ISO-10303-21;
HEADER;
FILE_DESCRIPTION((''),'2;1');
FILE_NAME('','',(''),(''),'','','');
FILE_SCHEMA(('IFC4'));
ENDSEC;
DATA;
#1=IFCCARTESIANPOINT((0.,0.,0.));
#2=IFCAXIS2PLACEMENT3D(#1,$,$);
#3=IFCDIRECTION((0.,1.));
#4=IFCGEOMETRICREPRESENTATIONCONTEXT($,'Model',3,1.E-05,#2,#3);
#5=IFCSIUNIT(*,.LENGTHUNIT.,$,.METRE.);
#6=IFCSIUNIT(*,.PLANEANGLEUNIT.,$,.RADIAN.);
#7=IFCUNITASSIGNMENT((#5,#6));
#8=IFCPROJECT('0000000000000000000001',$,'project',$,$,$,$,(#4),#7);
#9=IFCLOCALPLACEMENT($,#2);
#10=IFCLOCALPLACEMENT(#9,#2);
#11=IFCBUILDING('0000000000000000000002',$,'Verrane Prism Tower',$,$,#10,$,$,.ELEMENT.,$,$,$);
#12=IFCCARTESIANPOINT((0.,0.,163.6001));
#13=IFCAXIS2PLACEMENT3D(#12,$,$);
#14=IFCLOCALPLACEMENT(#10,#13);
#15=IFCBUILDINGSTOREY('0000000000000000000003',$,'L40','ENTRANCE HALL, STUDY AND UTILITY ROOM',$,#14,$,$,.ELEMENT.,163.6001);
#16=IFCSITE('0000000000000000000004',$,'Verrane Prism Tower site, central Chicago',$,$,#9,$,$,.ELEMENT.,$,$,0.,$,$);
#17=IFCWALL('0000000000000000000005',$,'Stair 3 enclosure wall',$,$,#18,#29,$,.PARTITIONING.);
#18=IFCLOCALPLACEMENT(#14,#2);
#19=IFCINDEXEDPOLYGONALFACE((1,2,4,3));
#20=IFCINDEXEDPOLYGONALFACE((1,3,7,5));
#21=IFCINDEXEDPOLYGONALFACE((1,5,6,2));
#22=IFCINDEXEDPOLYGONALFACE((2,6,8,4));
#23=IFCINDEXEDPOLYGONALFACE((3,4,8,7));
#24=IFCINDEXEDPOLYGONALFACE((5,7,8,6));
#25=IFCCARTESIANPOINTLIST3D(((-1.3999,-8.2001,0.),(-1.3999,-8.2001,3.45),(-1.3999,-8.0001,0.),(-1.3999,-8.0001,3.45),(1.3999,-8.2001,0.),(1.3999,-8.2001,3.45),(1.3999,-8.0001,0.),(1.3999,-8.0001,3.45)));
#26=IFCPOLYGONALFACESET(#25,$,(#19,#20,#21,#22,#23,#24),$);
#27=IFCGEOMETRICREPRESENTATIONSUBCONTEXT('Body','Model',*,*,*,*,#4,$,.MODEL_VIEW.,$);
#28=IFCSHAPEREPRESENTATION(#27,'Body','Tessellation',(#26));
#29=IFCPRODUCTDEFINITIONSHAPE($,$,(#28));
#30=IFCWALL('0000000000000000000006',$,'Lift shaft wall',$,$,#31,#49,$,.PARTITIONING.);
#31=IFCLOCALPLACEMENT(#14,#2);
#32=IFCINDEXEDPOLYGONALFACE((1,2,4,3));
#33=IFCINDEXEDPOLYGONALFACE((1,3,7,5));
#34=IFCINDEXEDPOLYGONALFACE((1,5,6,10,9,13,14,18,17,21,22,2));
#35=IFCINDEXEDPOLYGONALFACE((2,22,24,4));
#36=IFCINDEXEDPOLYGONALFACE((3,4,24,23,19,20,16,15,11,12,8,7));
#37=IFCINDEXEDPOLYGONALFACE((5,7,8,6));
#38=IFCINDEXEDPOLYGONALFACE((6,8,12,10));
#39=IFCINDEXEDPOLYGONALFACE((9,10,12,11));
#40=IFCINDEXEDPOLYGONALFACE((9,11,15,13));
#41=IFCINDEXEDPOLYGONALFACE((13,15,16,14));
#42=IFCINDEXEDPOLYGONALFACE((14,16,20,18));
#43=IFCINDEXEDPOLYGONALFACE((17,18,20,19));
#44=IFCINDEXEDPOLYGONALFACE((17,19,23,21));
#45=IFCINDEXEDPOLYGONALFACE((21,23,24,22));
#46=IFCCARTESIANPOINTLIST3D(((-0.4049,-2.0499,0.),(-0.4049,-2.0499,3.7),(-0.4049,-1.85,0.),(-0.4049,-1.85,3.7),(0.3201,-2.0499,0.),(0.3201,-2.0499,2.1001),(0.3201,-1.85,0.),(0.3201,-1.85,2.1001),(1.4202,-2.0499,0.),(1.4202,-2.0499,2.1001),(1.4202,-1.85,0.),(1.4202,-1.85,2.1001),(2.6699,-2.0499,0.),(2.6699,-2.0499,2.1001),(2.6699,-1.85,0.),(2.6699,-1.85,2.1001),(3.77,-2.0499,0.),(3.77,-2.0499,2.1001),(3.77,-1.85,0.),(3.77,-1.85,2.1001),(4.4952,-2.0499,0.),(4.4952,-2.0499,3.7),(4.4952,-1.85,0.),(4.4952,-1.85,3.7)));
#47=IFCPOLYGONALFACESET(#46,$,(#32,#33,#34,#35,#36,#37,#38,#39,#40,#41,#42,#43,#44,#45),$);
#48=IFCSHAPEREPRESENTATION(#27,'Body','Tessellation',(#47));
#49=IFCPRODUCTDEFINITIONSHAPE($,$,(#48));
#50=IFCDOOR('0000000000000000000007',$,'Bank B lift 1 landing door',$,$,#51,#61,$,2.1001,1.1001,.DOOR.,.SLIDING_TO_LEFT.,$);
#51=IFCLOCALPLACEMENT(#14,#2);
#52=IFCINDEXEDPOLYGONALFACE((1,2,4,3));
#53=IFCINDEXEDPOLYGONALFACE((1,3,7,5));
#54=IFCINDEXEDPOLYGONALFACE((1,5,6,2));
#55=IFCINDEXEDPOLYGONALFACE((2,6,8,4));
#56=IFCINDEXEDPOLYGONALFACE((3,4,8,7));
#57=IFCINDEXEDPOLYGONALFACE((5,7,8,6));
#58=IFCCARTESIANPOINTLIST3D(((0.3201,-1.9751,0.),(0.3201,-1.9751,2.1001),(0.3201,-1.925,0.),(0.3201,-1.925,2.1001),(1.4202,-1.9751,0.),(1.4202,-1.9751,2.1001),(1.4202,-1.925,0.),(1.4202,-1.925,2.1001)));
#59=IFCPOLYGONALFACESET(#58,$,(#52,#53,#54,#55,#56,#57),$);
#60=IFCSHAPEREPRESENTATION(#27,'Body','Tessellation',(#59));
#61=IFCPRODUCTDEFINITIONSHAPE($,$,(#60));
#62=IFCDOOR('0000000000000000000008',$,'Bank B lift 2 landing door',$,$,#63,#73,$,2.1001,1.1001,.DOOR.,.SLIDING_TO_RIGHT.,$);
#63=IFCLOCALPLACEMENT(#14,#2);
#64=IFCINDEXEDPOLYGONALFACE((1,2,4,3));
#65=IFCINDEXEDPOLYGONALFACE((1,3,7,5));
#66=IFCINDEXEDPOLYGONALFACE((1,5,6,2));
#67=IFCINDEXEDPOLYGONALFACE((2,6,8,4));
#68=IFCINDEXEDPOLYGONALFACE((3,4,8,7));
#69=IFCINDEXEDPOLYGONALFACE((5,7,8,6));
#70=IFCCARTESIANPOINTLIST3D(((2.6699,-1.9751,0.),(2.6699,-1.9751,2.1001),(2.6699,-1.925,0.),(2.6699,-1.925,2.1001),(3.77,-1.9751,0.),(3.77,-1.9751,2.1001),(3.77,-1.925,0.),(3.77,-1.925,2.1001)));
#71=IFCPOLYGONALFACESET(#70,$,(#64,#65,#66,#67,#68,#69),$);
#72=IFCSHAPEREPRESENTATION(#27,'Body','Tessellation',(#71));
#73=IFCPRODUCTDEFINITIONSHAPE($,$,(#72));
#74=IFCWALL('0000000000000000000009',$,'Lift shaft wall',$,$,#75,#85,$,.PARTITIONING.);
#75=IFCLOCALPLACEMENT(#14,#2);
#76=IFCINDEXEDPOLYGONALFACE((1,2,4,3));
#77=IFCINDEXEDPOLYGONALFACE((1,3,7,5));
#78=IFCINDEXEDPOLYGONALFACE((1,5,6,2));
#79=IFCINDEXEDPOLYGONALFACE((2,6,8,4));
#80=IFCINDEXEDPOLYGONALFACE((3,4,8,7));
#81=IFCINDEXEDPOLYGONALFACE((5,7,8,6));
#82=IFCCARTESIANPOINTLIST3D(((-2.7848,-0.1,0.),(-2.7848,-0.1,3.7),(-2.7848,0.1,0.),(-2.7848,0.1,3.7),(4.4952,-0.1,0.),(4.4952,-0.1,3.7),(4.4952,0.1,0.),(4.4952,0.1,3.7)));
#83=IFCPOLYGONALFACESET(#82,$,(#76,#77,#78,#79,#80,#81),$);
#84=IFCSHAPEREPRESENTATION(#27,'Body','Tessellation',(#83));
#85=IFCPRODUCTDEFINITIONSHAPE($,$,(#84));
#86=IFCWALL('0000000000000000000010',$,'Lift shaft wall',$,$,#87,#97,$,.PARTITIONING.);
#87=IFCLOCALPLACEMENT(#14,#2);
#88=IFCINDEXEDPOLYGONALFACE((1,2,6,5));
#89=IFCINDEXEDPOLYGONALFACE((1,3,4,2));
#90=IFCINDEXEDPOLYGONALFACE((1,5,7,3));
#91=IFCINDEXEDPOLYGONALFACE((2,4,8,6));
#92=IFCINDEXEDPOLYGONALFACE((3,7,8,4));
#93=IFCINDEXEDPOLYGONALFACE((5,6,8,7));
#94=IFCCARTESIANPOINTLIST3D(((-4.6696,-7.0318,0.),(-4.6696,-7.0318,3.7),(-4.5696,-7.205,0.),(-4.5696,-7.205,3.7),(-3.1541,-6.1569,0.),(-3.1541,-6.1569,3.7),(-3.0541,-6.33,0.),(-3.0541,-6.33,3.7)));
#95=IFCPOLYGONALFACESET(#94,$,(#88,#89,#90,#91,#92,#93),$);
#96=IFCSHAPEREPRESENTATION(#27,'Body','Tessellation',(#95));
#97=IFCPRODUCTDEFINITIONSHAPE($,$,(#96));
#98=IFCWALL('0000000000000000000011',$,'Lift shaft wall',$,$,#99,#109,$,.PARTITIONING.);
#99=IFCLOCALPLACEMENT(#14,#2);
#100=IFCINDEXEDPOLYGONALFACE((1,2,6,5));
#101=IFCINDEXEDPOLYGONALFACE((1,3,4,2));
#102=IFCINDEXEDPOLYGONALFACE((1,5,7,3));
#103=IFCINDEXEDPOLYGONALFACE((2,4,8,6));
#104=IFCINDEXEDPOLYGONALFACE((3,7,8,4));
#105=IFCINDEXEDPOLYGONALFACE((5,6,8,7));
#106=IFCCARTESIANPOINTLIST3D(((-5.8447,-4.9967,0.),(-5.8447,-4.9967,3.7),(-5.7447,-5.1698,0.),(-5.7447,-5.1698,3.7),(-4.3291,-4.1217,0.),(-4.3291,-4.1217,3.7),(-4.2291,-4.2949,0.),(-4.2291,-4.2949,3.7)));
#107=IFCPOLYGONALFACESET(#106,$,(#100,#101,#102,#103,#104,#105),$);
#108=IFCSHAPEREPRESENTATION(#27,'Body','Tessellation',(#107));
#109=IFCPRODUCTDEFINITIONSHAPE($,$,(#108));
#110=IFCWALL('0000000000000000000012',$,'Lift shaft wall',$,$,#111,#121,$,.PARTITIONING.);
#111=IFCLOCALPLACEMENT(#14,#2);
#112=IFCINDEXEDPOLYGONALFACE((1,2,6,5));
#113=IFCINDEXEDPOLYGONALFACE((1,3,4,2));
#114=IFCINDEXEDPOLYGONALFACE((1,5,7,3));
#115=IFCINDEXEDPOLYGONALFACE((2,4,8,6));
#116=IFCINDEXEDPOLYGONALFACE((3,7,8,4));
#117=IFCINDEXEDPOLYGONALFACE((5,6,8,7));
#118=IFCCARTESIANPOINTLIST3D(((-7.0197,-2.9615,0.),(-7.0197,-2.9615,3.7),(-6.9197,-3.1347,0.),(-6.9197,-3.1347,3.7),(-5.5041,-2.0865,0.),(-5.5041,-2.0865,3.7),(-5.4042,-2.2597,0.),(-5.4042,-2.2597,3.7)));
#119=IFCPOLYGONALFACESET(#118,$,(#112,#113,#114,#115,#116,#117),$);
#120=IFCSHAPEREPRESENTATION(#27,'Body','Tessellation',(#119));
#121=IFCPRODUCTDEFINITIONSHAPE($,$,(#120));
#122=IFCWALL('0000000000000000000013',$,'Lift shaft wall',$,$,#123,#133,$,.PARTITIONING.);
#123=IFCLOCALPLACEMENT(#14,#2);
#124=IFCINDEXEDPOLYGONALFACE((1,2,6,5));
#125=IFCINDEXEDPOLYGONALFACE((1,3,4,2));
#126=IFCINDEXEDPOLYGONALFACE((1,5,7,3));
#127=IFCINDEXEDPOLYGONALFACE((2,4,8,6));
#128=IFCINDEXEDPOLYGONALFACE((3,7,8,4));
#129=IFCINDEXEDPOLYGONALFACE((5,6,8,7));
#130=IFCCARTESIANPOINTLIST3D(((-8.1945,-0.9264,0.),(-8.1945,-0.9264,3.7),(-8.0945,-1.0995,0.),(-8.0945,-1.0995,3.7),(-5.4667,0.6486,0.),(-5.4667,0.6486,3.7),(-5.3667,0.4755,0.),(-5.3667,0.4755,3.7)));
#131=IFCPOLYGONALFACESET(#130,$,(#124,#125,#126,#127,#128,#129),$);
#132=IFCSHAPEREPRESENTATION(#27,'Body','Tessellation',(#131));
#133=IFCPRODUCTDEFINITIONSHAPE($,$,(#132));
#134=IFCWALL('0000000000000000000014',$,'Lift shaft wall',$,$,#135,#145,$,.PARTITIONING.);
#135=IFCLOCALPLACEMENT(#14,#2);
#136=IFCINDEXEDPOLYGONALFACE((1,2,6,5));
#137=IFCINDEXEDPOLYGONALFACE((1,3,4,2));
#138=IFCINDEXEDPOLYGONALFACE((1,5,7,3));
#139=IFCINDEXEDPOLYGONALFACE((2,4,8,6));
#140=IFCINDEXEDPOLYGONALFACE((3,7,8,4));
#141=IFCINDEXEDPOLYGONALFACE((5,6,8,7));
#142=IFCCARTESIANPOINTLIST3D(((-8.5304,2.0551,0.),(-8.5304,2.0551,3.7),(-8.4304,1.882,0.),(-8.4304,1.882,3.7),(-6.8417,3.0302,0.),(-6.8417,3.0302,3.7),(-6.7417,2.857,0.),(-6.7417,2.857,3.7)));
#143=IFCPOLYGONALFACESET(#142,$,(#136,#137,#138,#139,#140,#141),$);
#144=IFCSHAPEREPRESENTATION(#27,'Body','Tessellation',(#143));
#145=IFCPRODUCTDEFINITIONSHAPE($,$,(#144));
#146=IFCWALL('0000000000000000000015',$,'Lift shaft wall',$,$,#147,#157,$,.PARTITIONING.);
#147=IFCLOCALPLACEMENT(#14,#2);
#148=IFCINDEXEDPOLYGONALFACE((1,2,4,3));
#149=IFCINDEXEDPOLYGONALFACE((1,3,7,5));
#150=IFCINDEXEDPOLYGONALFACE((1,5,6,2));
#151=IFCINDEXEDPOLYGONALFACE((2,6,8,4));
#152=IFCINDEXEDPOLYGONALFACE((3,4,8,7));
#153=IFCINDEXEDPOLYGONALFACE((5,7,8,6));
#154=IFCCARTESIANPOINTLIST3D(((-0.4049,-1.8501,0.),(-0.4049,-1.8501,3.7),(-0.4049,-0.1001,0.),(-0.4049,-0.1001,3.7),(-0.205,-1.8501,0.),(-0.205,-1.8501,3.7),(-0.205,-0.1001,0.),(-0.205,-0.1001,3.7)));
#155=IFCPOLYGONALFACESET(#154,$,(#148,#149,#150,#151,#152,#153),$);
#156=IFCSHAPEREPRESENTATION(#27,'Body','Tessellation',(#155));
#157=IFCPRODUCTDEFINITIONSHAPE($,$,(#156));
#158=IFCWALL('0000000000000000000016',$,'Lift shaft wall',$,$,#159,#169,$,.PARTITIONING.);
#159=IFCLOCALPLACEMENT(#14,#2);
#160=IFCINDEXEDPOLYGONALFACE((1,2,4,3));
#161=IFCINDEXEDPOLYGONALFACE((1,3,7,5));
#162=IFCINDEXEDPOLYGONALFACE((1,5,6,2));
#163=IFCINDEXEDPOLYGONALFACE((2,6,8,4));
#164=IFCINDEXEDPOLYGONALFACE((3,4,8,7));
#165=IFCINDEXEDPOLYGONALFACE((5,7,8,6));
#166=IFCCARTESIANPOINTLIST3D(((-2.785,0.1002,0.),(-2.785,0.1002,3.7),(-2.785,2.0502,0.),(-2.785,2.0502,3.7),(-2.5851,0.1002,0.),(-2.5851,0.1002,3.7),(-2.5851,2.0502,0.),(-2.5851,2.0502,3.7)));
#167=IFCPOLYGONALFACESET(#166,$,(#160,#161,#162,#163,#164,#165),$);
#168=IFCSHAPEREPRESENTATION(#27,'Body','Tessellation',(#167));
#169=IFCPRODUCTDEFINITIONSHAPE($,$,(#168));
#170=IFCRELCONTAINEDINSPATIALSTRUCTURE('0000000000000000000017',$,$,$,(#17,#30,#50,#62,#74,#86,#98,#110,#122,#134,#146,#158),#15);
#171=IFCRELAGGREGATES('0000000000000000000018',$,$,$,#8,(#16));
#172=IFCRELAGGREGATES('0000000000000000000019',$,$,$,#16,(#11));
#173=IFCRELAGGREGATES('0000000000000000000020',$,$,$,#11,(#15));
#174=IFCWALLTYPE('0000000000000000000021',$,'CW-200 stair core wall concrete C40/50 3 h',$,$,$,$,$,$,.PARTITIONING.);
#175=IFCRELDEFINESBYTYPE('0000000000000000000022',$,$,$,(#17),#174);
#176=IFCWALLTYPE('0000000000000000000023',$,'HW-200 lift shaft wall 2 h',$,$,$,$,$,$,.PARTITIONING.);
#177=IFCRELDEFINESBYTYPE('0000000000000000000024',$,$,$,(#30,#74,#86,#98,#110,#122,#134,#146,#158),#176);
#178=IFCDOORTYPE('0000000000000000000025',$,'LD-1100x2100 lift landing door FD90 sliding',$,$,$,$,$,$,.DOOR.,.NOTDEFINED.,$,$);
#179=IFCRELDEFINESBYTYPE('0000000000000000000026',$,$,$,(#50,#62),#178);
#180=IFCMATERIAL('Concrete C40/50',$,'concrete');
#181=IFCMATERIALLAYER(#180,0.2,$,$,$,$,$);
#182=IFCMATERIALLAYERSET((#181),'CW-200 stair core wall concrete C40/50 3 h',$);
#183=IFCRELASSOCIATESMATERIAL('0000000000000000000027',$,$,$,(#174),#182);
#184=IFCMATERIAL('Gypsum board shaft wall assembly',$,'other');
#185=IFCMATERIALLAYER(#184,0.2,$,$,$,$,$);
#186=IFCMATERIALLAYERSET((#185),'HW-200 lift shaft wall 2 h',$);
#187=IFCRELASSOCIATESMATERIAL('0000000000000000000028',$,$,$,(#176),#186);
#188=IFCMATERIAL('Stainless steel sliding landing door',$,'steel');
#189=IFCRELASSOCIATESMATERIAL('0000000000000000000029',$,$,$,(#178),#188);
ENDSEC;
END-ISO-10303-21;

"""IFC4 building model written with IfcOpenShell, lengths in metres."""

from ifc_helpers import new_model, si_unit, direction, frame, frame_2d, origin, place, context, subcontext, project, spatial, rectangle, extrude, material, layer, layer_set, type_object, element, fill, save


model = new_model("IFC4")

# Units and contexts
model_context = context("Model", 3, precision=1e-05, world=origin(), true_north=direction((0.0, 1.0)))
body_context = subcontext(model_context, "Body", "Model", "MODEL_VIEW")
ifc_project = project(units=[si_unit("LENGTHUNIT", "METRE"), si_unit("PLANEANGLEUNIT", "RADIAN")], contexts=[model_context])

# Site, building, storey
site_placement = place(None, origin())
site = spatial("IfcSite", under=ifc_project, at=site_placement, Name="Verrane Prism Tower site, central Chicago", CompositionType="ELEMENT", RefElevation=0.0)
building_placement = place(site_placement, origin())
building = spatial("IfcBuilding", under=site, at=building_placement, Name="Verrane Prism Tower", CompositionType="ELEMENT")
storey_placement = place(building_placement, frame((0.0, 0.0, 163.6001)))
storey = spatial("IfcBuildingStorey", under=building, at=storey_placement, Name="L40", Description="ENTRANCE HALL, STUDY AND UTILITY ROOM", CompositionType="ELEMENT", Elevation=163.6001)

# Wall
ifc_material_1 = material(Name="Concrete C40/50", Category="concrete")
ifc_layer_1 = layer(ifc_material_1, 0.2)
ifc_layer_set_1 = layer_set([ifc_layer_1], Name="CW-200 stair core wall concrete C40/50 3 h")
wall_type_1 = type_object("IfcWallType", Name="CW-200 stair core wall concrete C40/50 3 h", PredefinedType="PARTITIONING", material=ifc_layer_set_1)
wall_1_placement = place(storey_placement, frame((-1.3999, -8.1001, 0.0), z_axis=(0.0, 0.0, 1.0), x_axis=(1.0, 0.0, 0.0)))
element("IfcWall", 1, at=wall_1_placement, inside=storey, type_object=wall_type_1, Name="Stair 3 enclosure wall", PredefinedType="PARTITIONING", context=body_context, shape_type="SweptSolid", body=[
    extrude(rectangle(XDim=2.7998, YDim=0.2, at=frame_2d((1.3999, 0.0))), origin(), (0.0, 0.0, 1.0), 3.45),
])

# Wall, openings, doors
ifc_material_2 = material(Name="Gypsum board shaft wall assembly", Category="other")
ifc_layer_2 = layer(ifc_material_2, 0.2)
ifc_layer_set_2 = layer_set([ifc_layer_2], Name="HW-200 lift shaft wall 2 h")
wall_type_2 = type_object("IfcWallType", Name="HW-200 lift shaft wall 2 h", PredefinedType="PARTITIONING", material=ifc_layer_set_2)
wall_2_placement = place(storey_placement, frame((-0.405, -1.95, 0.0), z_axis=(0.0, 0.0, 1.0), x_axis=(1.0, 0.0, 0.0)))
wall_2 = element("IfcWall", 2, at=wall_2_placement, inside=storey, type_object=wall_type_2, Name="Lift shaft wall", PredefinedType="PARTITIONING", context=body_context, shape_type="SweptSolid", body=[
    extrude(rectangle(XDim=4.9001, YDim=0.2, at=frame_2d((2.4502, 0.0))), origin(), (0.0, 0.0, 1.0), 3.7),
])
opening_1_placement = place(wall_2_placement, frame((0.7251, 0.0, 0.0)))
opening_1 = element("IfcOpeningElement", 3, at=opening_1_placement, cuts=wall_2, PredefinedType="OPENING", context=body_context, shape_type="SweptSolid", body=[
    extrude(rectangle(XDim=1.1001, YDim=2.1001, at=frame_2d((0.55, 1.05))), frame((0.0, 0.1099, 0.0), z_axis=(0.0, -1.0, 0.0), x_axis=(1.0, 0.0, 0.0)), (0.0, 0.0, 1.0), 0.22),
])
opening_2_placement = place(wall_2_placement, frame((3.075, 0.0, 0.0)))
opening_2 = element("IfcOpeningElement", 4, at=opening_2_placement, cuts=wall_2, PredefinedType="OPENING", context=body_context, shape_type="SweptSolid", body=[
    extrude(rectangle(XDim=1.1001, YDim=2.1001, at=frame_2d((0.55, 1.05))), frame((0.0, 0.1099, 0.0), z_axis=(0.0, -1.0, 0.0), x_axis=(1.0, 0.0, 0.0)), (0.0, 0.0, 1.0), 0.22),
])
ifc_material_3 = material(Name="Stainless steel sliding landing door", Category="steel")
door_type_1 = type_object("IfcDoorType", Name="LD-1100x2100 lift landing door FD90 sliding", OperationType="NOTDEFINED", PredefinedType="DOOR", material=ifc_material_3)
door_1_placement = place(opening_1_placement, origin())
door_1 = element("IfcDoor", 5, at=door_1_placement, inside=storey, type_object=door_type_1, Name="Bank B lift 1 landing door", OperationType="SLIDING_TO_LEFT", OverallHeight=2.1001, OverallWidth=1.1001, PredefinedType="DOOR", context=body_context, shape_type="SweptSolid", body=[
    extrude(rectangle(XDim=1.1001, YDim=2.1001, at=frame_2d((0.55, 1.05))), frame((0.0, 0.0249, 0.0), z_axis=(0.0, -1.0, 0.0), x_axis=(1.0, 0.0, 0.0)), (0.0, 0.0, 1.0), 0.05),
])
fill(opening_1, door_1)
door_2_placement = place(opening_2_placement, origin())
door_2 = element("IfcDoor", 6, at=door_2_placement, inside=storey, type_object=door_type_1, Name="Bank B lift 2 landing door", OperationType="SLIDING_TO_RIGHT", OverallHeight=2.1001, OverallWidth=1.1001, PredefinedType="DOOR", context=body_context, shape_type="SweptSolid", body=[
    extrude(rectangle(XDim=1.1001, YDim=2.1001, at=frame_2d((0.55, 1.05))), frame((0.0, 0.0249, 0.0), z_axis=(0.0, -1.0, 0.0), x_axis=(1.0, 0.0, 0.0)), (0.0, 0.0, 1.0), 0.05),
])
fill(opening_2, door_2)

# Walls
wall_3_placement = place(storey_placement, frame((-2.7849, 0.0, 0.0), z_axis=(0.0, 0.0, 1.0), x_axis=(1.0, 0.0, 0.0)))
element("IfcWall", 7, at=wall_3_placement, inside=storey, type_object=wall_type_2, Name="Lift shaft wall", PredefinedType="PARTITIONING", context=body_context, shape_type="SweptSolid", body=[
    extrude(rectangle(XDim=7.28, YDim=0.2, at=frame_2d((3.6401, 0.0))), origin(), (0.0, 0.0, 1.0), 3.7),
])
for number, where, z_axis, x_axis, name in (
    (8, (-4.6196, -7.1184, 0.0), (0.0, 0.0, 1.0), (0.866037, 0.49998, 0.0), "Lift shaft wall"),
    (9, (-5.7947, -5.0833, 0.0), (0.0, 0.0, 1.0), (0.866037, 0.49998, 0.0), "Lift shaft wall"),
    (10, (-6.9697, -3.0481, 0.0), (0.0, 0.0, 1.0), (0.866037, 0.49998, 0.0), "Lift shaft wall"),
):
    element("IfcWall", number, at=place(storey_placement, frame(where, z_axis=z_axis, x_axis=x_axis)), inside=storey, type_object=wall_type_2, Name=name, PredefinedType="PARTITIONING", context=body_context, shape_type="SweptSolid", body=[
        extrude(rectangle(XDim=1.75, YDim=0.2, at=frame_2d((0.875, 0.0))), origin(), (0.0, 0.0, 1.0), 3.7),
    ])
wall_4_placement = place(storey_placement, frame((-8.1445, -1.0129, 0.0), z_axis=(0.0, 0.0, 1.0), x_axis=(0.866016, 0.500015, 0.0)))
element("IfcWall", 11, at=wall_4_placement, inside=storey, type_object=wall_type_2, Name="Lift shaft wall", PredefinedType="PARTITIONING", context=body_context, shape_type="SweptSolid", body=[
    extrude(rectangle(XDim=3.1499, YDim=0.2, at=frame_2d((1.575, 0.0))), origin(), (0.0, 0.0, 1.0), 3.7),
])
wall_5_placement = place(storey_placement, frame((-8.4805, 1.9685, 0.0), z_axis=(0.0, 0.0, 1.0), x_axis=(0.866, 0.500044, 0.0)))
element("IfcWall", 12, at=wall_5_placement, inside=storey, type_object=wall_type_2, Name="Lift shaft wall", PredefinedType="PARTITIONING", context=body_context, shape_type="SweptSolid", body=[
    extrude(rectangle(XDim=1.95, YDim=0.2, at=frame_2d((0.9751, 0.0))), origin(), (0.0, 0.0, 1.0), 3.7),
])
wall_6_placement = place(storey_placement, frame((-0.3049, -1.8501, 0.0), z_axis=(0.0, 0.0, 1.0), x_axis=(0.0, 1.0, 0.0)))
element("IfcWall", 13, at=wall_6_placement, inside=storey, type_object=wall_type_2, Name="Lift shaft wall", PredefinedType="PARTITIONING", context=body_context, shape_type="SweptSolid", body=[
    extrude(rectangle(XDim=1.75, YDim=0.2, at=frame_2d((0.875, 0.0))), origin(), (0.0, 0.0, 1.0), 3.7),
])
wall_7_placement = place(storey_placement, frame((-2.6851, 0.1001, 0.0), z_axis=(0.0, 0.0, 1.0), x_axis=(0.0, 1.0, 0.0)))
element("IfcWall", 14, at=wall_7_placement, inside=storey, type_object=wall_type_2, Name="Lift shaft wall", PredefinedType="PARTITIONING", context=body_context, shape_type="SweptSolid", body=[
    extrude(rectangle(XDim=1.95, YDim=0.2, at=frame_2d((0.9751, 0.0))), origin(), (0.0, 0.0, 1.0), 3.7),
])

save(model, "model.ifc")
